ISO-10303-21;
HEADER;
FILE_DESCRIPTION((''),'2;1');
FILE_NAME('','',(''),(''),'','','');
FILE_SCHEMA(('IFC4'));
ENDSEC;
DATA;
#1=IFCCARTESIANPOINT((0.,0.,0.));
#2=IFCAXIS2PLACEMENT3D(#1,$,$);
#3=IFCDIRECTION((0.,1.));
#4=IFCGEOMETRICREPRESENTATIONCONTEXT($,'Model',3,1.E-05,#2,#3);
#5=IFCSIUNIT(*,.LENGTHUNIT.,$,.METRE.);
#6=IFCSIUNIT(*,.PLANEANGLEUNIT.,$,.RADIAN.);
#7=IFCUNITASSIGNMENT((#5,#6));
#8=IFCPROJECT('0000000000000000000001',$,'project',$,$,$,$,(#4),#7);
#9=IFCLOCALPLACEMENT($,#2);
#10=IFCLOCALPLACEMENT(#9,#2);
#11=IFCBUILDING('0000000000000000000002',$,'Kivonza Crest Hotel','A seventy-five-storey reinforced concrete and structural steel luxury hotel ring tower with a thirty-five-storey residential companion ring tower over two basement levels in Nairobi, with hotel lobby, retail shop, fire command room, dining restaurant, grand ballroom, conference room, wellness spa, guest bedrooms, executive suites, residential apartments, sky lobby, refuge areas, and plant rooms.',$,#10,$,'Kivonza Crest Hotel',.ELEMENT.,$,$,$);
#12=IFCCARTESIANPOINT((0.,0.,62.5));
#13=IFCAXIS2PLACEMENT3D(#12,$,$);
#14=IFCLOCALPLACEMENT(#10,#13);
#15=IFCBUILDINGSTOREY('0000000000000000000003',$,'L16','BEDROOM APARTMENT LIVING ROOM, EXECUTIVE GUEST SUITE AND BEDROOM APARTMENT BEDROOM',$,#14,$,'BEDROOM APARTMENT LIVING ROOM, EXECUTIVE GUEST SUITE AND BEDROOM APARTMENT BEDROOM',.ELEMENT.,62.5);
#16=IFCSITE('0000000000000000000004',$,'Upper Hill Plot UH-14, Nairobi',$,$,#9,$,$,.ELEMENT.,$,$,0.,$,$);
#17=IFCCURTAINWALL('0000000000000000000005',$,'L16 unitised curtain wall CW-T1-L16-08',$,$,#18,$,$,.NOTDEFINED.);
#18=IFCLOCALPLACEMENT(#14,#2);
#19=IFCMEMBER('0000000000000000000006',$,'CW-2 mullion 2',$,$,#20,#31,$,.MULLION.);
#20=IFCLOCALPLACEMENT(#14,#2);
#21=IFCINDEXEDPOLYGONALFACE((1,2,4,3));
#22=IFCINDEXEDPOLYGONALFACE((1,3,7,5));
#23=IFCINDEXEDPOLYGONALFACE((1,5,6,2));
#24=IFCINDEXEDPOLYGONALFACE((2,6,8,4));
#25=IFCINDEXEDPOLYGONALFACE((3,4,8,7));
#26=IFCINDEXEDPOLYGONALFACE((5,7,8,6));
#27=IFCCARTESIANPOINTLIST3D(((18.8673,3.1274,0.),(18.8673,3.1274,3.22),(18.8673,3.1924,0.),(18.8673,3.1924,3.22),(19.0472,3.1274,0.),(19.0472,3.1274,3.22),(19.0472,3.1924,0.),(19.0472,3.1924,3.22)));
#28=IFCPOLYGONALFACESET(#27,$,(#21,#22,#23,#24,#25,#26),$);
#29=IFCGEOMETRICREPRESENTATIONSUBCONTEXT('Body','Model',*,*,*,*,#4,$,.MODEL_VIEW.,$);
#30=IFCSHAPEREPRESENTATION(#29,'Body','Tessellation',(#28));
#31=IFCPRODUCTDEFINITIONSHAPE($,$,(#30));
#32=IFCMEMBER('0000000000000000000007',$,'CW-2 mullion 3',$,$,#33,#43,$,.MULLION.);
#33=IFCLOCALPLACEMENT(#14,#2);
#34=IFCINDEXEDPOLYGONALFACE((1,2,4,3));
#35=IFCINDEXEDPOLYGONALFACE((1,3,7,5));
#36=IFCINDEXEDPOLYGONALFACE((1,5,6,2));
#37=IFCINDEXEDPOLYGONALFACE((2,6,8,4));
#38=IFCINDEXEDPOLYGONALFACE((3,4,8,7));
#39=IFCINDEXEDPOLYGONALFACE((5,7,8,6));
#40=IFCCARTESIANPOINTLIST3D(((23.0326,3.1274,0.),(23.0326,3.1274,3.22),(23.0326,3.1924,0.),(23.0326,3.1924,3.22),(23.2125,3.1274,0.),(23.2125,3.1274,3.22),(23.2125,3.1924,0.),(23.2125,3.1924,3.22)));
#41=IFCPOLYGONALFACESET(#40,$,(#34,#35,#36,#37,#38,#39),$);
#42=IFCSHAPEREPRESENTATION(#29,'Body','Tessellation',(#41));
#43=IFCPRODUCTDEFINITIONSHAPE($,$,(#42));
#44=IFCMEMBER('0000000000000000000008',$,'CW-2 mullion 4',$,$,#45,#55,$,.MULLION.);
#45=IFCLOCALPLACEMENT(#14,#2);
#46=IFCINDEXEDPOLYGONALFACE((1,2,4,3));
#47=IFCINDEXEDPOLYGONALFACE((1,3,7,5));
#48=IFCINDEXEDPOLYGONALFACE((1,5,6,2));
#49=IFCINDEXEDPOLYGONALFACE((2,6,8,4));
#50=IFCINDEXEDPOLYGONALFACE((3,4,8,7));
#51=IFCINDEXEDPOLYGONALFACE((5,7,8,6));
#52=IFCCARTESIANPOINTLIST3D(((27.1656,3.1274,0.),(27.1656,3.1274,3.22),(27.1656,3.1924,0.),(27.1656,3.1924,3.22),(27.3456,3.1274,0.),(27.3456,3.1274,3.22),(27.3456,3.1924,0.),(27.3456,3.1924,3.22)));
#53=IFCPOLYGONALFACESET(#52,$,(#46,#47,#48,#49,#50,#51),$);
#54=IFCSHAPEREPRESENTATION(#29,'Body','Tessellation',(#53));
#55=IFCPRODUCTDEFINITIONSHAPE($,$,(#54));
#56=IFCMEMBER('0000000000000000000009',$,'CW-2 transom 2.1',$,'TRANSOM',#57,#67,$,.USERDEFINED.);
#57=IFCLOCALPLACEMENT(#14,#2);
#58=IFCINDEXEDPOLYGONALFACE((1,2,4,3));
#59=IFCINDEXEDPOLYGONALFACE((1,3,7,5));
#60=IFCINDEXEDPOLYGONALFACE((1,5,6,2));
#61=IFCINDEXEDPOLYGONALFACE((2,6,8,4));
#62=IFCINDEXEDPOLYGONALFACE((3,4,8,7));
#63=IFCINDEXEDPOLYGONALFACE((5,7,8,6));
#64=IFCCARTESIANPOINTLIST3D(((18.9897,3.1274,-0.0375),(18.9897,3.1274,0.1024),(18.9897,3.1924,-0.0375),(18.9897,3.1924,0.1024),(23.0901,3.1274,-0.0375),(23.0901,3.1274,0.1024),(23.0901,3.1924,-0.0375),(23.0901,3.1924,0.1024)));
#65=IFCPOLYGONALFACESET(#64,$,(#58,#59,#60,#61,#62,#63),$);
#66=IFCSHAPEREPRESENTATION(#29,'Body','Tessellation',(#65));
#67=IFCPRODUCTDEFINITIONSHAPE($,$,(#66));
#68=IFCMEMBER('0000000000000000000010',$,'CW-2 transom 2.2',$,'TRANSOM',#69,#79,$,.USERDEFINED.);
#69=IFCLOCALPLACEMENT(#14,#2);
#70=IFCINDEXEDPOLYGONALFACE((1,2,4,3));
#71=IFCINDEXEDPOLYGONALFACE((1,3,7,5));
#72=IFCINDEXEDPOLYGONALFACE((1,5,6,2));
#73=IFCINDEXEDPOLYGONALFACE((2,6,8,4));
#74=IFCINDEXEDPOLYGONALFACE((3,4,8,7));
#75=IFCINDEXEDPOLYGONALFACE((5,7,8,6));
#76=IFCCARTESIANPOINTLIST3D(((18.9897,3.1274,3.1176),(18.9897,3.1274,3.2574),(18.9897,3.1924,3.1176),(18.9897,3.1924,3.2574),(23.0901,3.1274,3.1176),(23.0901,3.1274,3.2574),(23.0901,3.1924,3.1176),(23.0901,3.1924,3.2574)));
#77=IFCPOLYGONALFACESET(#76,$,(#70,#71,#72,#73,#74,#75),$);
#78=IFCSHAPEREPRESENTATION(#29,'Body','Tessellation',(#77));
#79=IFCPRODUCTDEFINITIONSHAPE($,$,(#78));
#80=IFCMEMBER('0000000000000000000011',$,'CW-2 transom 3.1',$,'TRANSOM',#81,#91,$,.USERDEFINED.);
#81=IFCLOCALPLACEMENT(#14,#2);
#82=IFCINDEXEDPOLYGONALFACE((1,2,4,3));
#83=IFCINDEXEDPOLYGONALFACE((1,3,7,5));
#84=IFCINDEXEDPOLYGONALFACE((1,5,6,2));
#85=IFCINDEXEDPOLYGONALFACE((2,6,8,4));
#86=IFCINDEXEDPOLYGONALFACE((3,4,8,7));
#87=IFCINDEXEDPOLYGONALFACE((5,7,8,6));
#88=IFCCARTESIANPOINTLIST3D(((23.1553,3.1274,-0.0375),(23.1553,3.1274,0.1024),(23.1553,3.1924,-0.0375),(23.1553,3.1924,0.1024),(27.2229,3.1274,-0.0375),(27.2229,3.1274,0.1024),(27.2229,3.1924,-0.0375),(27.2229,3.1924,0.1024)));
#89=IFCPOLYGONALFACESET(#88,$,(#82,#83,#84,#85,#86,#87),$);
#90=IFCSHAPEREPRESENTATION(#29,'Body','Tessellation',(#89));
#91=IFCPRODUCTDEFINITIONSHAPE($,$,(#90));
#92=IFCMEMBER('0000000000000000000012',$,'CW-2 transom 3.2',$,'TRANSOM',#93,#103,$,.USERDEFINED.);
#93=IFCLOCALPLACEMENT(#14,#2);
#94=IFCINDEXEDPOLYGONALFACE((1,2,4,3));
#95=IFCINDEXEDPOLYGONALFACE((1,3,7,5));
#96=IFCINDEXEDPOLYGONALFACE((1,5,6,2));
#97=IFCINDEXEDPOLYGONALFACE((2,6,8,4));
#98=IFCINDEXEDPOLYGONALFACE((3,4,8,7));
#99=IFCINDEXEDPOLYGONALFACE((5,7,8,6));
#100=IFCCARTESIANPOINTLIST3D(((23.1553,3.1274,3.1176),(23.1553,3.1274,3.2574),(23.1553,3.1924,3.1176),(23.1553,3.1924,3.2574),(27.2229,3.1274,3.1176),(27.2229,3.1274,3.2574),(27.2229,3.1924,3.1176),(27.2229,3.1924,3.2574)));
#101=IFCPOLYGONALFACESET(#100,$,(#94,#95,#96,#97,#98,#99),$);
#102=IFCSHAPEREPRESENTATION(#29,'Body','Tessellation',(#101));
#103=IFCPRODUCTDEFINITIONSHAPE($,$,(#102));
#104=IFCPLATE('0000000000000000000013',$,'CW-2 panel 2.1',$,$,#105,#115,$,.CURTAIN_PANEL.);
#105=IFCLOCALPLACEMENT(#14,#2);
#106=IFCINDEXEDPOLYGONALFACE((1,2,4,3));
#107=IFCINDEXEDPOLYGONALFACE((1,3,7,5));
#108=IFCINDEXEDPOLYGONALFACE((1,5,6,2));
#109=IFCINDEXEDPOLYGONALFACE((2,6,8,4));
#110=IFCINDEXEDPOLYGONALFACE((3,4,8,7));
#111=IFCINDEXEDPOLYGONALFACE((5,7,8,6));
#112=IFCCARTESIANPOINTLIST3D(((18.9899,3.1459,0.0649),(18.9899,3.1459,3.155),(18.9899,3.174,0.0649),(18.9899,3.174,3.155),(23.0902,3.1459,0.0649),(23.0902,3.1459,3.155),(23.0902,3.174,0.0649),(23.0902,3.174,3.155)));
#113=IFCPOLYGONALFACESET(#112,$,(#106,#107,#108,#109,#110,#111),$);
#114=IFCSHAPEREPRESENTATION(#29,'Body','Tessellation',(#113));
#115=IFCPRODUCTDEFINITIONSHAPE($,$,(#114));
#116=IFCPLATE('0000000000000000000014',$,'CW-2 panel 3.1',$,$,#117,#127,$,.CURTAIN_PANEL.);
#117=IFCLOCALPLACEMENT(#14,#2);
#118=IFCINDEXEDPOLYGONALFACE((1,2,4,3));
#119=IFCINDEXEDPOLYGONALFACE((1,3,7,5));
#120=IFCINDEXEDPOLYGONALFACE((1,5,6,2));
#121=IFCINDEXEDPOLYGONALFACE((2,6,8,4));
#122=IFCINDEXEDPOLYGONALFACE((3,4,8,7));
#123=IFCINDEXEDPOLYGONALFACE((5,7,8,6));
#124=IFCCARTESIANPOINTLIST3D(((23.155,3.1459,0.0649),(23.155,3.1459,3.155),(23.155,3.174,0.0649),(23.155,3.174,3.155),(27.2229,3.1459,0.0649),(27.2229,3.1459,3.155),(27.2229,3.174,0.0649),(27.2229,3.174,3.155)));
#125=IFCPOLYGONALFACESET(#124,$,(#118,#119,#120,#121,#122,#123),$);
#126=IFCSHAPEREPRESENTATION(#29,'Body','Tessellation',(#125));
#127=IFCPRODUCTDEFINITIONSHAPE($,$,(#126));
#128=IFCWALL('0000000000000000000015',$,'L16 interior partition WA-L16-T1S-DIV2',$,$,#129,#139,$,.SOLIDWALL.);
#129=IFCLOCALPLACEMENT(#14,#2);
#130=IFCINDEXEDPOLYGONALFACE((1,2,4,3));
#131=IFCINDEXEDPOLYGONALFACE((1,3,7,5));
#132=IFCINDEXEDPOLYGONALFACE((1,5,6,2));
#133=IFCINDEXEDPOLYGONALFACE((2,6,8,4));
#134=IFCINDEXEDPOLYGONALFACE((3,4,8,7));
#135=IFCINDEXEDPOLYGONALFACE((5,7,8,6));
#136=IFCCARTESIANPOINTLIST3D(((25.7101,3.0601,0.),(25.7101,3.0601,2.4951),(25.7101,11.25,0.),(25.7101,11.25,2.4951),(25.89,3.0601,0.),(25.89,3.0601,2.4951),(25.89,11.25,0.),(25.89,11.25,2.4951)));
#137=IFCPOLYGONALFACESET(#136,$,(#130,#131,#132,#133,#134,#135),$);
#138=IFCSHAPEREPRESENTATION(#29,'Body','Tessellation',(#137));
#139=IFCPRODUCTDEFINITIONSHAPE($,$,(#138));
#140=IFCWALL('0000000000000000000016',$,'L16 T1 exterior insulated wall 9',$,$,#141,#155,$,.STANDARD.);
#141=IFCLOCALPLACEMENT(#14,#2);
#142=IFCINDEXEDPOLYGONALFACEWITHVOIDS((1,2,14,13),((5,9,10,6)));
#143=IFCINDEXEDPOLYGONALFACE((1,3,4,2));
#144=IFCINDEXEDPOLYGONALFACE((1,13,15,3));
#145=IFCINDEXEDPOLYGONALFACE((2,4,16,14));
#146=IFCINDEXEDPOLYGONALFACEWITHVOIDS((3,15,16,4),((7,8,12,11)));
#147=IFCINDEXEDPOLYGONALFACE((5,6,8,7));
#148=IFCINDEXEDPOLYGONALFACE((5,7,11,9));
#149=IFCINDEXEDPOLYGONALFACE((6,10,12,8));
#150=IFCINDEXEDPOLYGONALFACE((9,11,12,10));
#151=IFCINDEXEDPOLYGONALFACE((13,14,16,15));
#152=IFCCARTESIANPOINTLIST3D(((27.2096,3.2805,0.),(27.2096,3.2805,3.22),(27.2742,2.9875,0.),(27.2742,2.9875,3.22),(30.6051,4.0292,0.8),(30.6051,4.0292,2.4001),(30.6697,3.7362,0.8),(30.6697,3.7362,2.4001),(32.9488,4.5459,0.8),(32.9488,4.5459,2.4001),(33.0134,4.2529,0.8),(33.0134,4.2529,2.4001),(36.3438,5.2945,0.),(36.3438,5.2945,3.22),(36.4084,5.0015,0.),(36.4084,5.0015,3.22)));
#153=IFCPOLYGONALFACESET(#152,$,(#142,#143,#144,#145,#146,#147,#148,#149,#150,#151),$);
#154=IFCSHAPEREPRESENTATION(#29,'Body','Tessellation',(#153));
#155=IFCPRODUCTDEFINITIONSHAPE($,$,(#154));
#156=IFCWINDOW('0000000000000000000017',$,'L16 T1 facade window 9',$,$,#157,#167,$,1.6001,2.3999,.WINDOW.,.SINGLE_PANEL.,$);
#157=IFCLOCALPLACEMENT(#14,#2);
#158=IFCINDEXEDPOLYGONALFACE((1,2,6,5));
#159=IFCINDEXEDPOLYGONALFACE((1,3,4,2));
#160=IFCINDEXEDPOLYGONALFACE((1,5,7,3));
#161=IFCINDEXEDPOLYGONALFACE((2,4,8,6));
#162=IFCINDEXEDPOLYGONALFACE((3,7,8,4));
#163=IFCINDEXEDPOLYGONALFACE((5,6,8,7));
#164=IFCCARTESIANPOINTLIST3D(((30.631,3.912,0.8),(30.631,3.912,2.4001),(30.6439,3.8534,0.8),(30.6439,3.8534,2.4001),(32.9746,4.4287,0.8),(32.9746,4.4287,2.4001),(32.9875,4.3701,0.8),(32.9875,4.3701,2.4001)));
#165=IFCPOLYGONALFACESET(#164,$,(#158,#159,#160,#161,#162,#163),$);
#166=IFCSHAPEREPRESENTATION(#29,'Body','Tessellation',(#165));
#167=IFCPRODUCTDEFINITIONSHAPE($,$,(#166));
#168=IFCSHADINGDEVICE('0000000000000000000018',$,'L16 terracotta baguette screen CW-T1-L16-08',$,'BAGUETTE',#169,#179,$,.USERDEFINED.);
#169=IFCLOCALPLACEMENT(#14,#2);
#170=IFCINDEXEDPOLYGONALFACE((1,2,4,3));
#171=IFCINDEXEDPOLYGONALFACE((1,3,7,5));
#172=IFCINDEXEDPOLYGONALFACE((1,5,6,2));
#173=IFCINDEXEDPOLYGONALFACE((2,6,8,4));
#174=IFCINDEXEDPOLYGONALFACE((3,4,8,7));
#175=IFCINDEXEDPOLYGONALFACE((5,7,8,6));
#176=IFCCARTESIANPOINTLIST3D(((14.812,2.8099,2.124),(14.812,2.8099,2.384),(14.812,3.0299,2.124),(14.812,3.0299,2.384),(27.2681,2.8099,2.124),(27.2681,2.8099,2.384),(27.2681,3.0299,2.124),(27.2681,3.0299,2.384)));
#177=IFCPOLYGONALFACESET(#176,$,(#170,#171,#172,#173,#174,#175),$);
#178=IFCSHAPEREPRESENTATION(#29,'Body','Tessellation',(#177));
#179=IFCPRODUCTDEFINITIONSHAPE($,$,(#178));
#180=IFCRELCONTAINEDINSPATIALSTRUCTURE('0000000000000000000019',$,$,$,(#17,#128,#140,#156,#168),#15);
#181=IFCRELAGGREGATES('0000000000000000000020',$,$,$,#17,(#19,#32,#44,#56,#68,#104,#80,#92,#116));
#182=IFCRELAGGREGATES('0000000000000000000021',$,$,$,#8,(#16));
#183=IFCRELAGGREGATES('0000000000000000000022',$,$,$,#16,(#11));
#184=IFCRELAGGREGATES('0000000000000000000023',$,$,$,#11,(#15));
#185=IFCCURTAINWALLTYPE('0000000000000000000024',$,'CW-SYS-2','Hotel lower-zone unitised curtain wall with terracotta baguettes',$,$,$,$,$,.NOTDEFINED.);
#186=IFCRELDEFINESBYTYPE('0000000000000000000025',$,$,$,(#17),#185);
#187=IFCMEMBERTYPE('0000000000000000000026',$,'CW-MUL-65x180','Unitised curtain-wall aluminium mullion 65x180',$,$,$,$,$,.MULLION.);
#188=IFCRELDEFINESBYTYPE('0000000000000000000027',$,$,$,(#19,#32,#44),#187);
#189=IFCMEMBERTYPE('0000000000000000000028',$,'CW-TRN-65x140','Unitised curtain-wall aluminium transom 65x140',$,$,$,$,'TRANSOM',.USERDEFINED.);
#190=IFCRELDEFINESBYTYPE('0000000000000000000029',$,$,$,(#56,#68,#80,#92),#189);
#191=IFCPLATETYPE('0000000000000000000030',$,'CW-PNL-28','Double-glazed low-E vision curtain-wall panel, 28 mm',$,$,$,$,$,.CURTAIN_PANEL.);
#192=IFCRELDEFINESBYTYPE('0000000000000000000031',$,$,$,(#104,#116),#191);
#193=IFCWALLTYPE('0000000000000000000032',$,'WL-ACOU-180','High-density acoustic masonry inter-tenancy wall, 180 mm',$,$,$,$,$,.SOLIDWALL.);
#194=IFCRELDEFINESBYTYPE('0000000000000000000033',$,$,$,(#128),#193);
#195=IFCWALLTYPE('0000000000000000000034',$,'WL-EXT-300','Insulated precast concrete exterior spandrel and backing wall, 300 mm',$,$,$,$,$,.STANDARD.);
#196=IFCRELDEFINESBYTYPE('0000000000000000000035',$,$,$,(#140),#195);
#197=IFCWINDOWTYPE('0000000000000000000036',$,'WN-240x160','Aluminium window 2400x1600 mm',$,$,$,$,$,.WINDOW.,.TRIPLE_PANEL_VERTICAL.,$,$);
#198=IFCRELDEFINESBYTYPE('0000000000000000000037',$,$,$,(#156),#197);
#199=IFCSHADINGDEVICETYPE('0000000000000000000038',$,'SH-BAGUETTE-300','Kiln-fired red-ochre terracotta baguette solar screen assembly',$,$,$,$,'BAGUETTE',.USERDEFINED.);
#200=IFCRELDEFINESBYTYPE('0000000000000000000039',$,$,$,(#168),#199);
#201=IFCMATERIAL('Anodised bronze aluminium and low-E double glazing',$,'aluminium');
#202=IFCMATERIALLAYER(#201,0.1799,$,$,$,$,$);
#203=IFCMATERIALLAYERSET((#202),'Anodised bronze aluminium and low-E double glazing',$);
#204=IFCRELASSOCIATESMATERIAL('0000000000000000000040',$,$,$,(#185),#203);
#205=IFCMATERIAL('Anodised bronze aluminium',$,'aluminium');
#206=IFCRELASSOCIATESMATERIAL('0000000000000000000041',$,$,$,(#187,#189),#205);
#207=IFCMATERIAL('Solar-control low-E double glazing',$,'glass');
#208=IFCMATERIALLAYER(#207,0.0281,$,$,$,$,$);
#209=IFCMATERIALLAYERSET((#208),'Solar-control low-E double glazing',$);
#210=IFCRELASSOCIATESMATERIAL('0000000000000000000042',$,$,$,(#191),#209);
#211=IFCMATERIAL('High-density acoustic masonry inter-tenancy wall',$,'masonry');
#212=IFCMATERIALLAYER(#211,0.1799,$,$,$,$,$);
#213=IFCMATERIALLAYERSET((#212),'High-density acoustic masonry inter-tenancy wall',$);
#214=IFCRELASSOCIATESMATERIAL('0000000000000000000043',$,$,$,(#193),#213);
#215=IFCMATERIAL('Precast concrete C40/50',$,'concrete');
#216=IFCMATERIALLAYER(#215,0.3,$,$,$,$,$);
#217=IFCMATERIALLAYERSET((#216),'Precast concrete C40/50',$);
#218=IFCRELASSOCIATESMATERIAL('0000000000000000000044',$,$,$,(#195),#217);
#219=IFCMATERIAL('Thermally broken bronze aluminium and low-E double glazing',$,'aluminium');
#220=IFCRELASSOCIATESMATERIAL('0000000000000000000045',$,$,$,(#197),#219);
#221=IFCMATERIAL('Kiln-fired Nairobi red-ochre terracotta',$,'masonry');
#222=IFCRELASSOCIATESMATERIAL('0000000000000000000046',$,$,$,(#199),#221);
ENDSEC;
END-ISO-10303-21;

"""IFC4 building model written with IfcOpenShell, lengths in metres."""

from ifc_helpers import new_model, si_unit, direction, frame, frame_2d, origin, origin_2d, place, context, subcontext, project, spatial, rectangle, extrude, material, layer, layer_set, material_profile, profile_set, type_object, element, fill, aggregate, save


model = new_model("IFC4")

# Units and contexts
model_context = context("Model", 3, precision=1e-05, world=origin(), true_north=direction((0.0, 1.0)))
body_context = subcontext(model_context, "Body", "Model", "MODEL_VIEW")
ifc_project = project(units=[si_unit("LENGTHUNIT", "METRE"), si_unit("PLANEANGLEUNIT", "RADIAN")], contexts=[model_context])

# Site, building, storey
site_placement = place(None, origin())
site = spatial("IfcSite", under=ifc_project, at=site_placement, Name="Upper Hill Plot UH-14, Nairobi", CompositionType="ELEMENT", RefElevation=0.0)
building_placement = place(site_placement, origin())
building = spatial("IfcBuilding", under=site, at=building_placement, Name="Kivonza Crest Hotel", Description="A seventy-five-storey reinforced concrete and structural steel luxury hotel ring tower with a thirty-five-storey residential companion ring tower over two basement levels in Nairobi, with hotel lobby, retail shop, fire command room, dining restaurant, grand ballroom, conference room, wellness spa, guest bedrooms, executive suites, residential apartments, sky lobby, refuge areas, and plant rooms.", LongName="Kivonza Crest Hotel", CompositionType="ELEMENT")
storey_placement = place(building_placement, frame((0.0, 0.0, 62.5)))
storey = spatial("IfcBuildingStorey", under=building, at=storey_placement, Name="L16", Description="BEDROOM APARTMENT LIVING ROOM, EXECUTIVE GUEST SUITE AND BEDROOM APARTMENT BEDROOM", LongName="BEDROOM APARTMENT LIVING ROOM, EXECUTIVE GUEST SUITE AND BEDROOM APARTMENT BEDROOM", CompositionType="ELEMENT", Elevation=62.5)

# Curtain wall, members, plates
ifc_material_1 = material(Name="Anodised bronze aluminium and low-E double glazing", Category="aluminium")
ifc_layer_1 = layer(ifc_material_1, 0.1799)
ifc_layer_set_1 = layer_set([ifc_layer_1], Name="Anodised bronze aluminium and low-E double glazing")
curtain_wall_type = type_object("IfcCurtainWallType", Name="CW-SYS-2", Description="Hotel lower-zone unitised curtain wall with terracotta baguettes", PredefinedType="NOTDEFINED", material=ifc_layer_set_1)
curtain_wall_placement = place(storey_placement, origin())
curtain_wall = element("IfcCurtainWall", 1, at=curtain_wall_placement, inside=storey, type_object=curtain_wall_type, Name="L16 unitised curtain wall CW-T1-L16-08", PredefinedType="NOTDEFINED")
ifc_material_2 = material(Name="Anodised bronze aluminium", Category="aluminium")
ifc_material_profile_1 = material_profile(ifc_material_2, rectangle(XDim=0.0649, YDim=0.1799, at=origin_2d()), Name="CW-M 65x180")
ifc_profile_set_1 = profile_set([ifc_material_profile_1], Name="Anodised bronze aluminium")
member_type_1 = type_object("IfcMemberType", Name="CW-MUL-65x180", Description="Unitised curtain-wall aluminium mullion 65x180", PredefinedType="MULLION", material=ifc_profile_set_1)
member_1_placement = place(storey_placement, frame((18.9573, 3.1599, 0.0), z_axis=(0.0, 0.0, 1.0), x_axis=(0.0, 1.0, 0.0)))
member_1 = element("IfcMember", 2, at=member_1_placement, type_object=member_type_1, Name="CW-2 mullion 2", PredefinedType="MULLION", context=body_context, shape_type="SweptSolid", body=[
    extrude(rectangle(XDim=0.0649, YDim=0.1799, at=origin_2d()), origin(), (0.0, 0.0, 1.0), 3.22),
])
member_2_placement = place(storey_placement, frame((23.1226, 3.1599, 0.0), z_axis=(0.0, 0.0, 1.0), x_axis=(0.0, 1.0, 0.0)))
member_2 = element("IfcMember", 3, at=member_2_placement, type_object=member_type_1, Name="CW-2 mullion 3", PredefinedType="MULLION", context=body_context, shape_type="SweptSolid", body=[
    extrude(rectangle(XDim=0.0649, YDim=0.1799, at=origin_2d()), origin(), (0.0, 0.0, 1.0), 3.22),
])
member_3_placement = place(storey_placement, frame((27.2556, 3.1599, 0.0), z_axis=(0.0, 0.0, 1.0), x_axis=(0.0, 1.0, 0.0)))
member_3 = element("IfcMember", 4, at=member_3_placement, type_object=member_type_1, Name="CW-2 mullion 4", PredefinedType="MULLION", context=body_context, shape_type="SweptSolid", body=[
    extrude(rectangle(XDim=0.0649, YDim=0.1799, at=origin_2d()), origin(), (0.0, 0.0, 1.0), 3.22),
])
ifc_material_profile_2 = material_profile(ifc_material_2, rectangle(XDim=0.0649, YDim=0.1399, at=origin_2d()), Name="CW-T 65x140")
ifc_profile_set_2 = profile_set([ifc_material_profile_2], Name="Anodised bronze aluminium")
member_type_2 = type_object("IfcMemberType", Name="CW-TRN-65x140", Description="Unitised curtain-wall aluminium transom 65x140", ElementType="TRANSOM", PredefinedType="USERDEFINED", material=ifc_profile_set_2)
member_4_placement = place(storey_placement, frame((18.9897, 3.1599, 0.0325), z_axis=(1.0, 0.0, 0.0), x_axis=(0.0, 1.0, 0.0)))
member_4 = element("IfcMember", 5, at=member_4_placement, type_object=member_type_2, Name="CW-2 transom 2.1", ObjectType="TRANSOM", PredefinedType="USERDEFINED", context=body_context, shape_type="SweptSolid", body=[
    extrude(rectangle(XDim=0.0649, YDim=0.1399, at=origin_2d()), origin(), (0.0, 0.0, 1.0), 4.1003),
])
member_5_placement = place(storey_placement, frame((18.9897, 3.1599, 3.1875), z_axis=(1.0, 0.0, 0.0), x_axis=(0.0, 1.0, 0.0)))
member_5 = element("IfcMember", 6, at=member_5_placement, type_object=member_type_2, Name="CW-2 transom 2.2", ObjectType="TRANSOM", PredefinedType="USERDEFINED", context=body_context, shape_type="SweptSolid", body=[
    extrude(rectangle(XDim=0.0649, YDim=0.1399, at=origin_2d()), origin(), (0.0, 0.0, 1.0), 4.1003),
])
member_6_placement = place(storey_placement, frame((23.1553, 3.1599, 0.0325), z_axis=(1.0, 0.0, 0.0), x_axis=(0.0, 1.0, 0.0)))
member_6 = element("IfcMember", 7, at=member_6_placement, type_object=member_type_2, Name="CW-2 transom 3.1", ObjectType="TRANSOM", PredefinedType="USERDEFINED", context=body_context, shape_type="SweptSolid", body=[
    extrude(rectangle(XDim=0.0649, YDim=0.1399, at=origin_2d()), origin(), (0.0, 0.0, 1.0), 4.0676),
])
member_7_placement = place(storey_placement, frame((23.1553, 3.1599, 3.1875), z_axis=(1.0, 0.0, 0.0), x_axis=(0.0, 1.0, 0.0)))
member_7 = element("IfcMember", 8, at=member_7_placement, type_object=member_type_2, Name="CW-2 transom 3.2", ObjectType="TRANSOM", PredefinedType="USERDEFINED", context=body_context, shape_type="SweptSolid", body=[
    extrude(rectangle(XDim=0.0649, YDim=0.1399, at=origin_2d()), origin(), (0.0, 0.0, 1.0), 4.0676),
])
ifc_material_3 = material(Name="Solar-control low-E double glazing", Category="glass")
ifc_layer_2 = layer(ifc_material_3, 0.0281)
ifc_layer_set_2 = layer_set([ifc_layer_2], Name="Solar-control low-E double glazing")
plate_type = type_object("IfcPlateType", Name="CW-PNL-28", Description="Double-glazed low-E vision curtain-wall panel, 28 mm", PredefinedType="CURTAIN_PANEL", material=ifc_layer_set_2)
plate_1_placement = place(storey_placement, frame((21.04, 3.1599, 0.0649), z_axis=(0.0, 0.0, 1.0), x_axis=(1.0, 0.0, 0.0)))
plate_1 = element("IfcPlate", 9, at=plate_1_placement, type_object=plate_type, Name="CW-2 panel 2.1", PredefinedType="CURTAIN_PANEL", context=body_context, shape_type="SweptSolid", body=[
    extrude(rectangle(XDim=4.1003, YDim=0.0281, at=origin_2d()), origin(), (0.0, 0.0, 1.0), 3.0901),
])
plate_2_placement = place(storey_placement, frame((25.189, 3.1599, 0.0649), z_axis=(0.0, 0.0, 1.0), x_axis=(1.0, 0.0, 0.0)))
plate_2 = element("IfcPlate", 10, at=plate_2_placement, type_object=plate_type, Name="CW-2 panel 3.1", PredefinedType="CURTAIN_PANEL", context=body_context, shape_type="SweptSolid", body=[
    extrude(rectangle(XDim=4.0679, YDim=0.0281, at=origin_2d()), origin(), (0.0, 0.0, 1.0), 3.0901),
])
aggregate(curtain_wall, [member_1, member_2, member_3, member_4, member_5, plate_1, member_6, member_7, plate_2])

# Wall
ifc_material_4 = material(Name="High-density acoustic masonry inter-tenancy wall", Category="masonry")
ifc_layer_3 = layer(ifc_material_4, 0.1799)
ifc_layer_set_3 = layer_set([ifc_layer_3], Name="High-density acoustic masonry inter-tenancy wall")
wall_type_1 = type_object("IfcWallType", Name="WL-ACOU-180", Description="High-density acoustic masonry inter-tenancy wall, 180 mm", PredefinedType="SOLIDWALL", material=ifc_layer_set_3)
wall_1_placement = place(storey_placement, frame((25.8, 3.0601, 0.0), z_axis=(0.0, 0.0, 1.0), x_axis=(0.0, 1.0, 0.0)))
element("IfcWall", 11, at=wall_1_placement, inside=storey, type_object=wall_type_1, Name="L16 interior partition WA-L16-T1S-DIV2", PredefinedType="SOLIDWALL", context=body_context, shape_type="SweptSolid", body=[
    extrude(rectangle(XDim=8.1899, YDim=0.1799, at=frame_2d((4.095, 0.0))), origin(), (0.0, 0.0, 1.0), 2.4951),
])

# Wall, opening, window
ifc_material_5 = material(Name="Precast concrete C40/50", Category="concrete")
ifc_layer_4 = layer(ifc_material_5, 0.3)
ifc_layer_set_4 = layer_set([ifc_layer_4], Name="Precast concrete C40/50")
wall_type_2 = type_object("IfcWallType", Name="WL-EXT-300", Description="Insulated precast concrete exterior spandrel and backing wall, 300 mm", PredefinedType="STANDARD", material=ifc_layer_set_4)
wall_2_placement = place(storey_placement, frame((27.2419, 3.134, 0.0), z_axis=(0.0, 0.0, 1.0), x_axis=(0.976545, 0.215313, 0.0)))
wall_2 = element("IfcWall", 12, at=wall_2_placement, inside=storey, type_object=wall_type_2, Name="L16 T1 exterior insulated wall 9", PredefinedType="STANDARD", context=body_context, shape_type="SweptSolid", body=[
    extrude(rectangle(XDim=9.3535, YDim=0.3, at=frame_2d((4.6768, 0.0))), origin(), (0.0, 0.0, 1.0), 3.22),
])
opening_placement = place(wall_2_placement, frame((3.4771, 0.0, 0.8)))
opening = element("IfcOpeningElement", 13, at=opening_placement, cuts=wall_2, PredefinedType="OPENING", context=body_context, shape_type="SweptSolid", body=[
    extrude(rectangle(XDim=2.3999, YDim=1.6001, at=frame_2d((1.2, 0.8))), frame((0.0, 0.1602, 0.0), z_axis=(0.0, -1.0, 0.0), x_axis=(1.0, 0.0, 0.0)), (0.0, 0.0, 1.0), 0.3201),
])
ifc_material_6 = material(Name="Thermally broken bronze aluminium and low-E double glazing", Category="aluminium")
window_type = type_object("IfcWindowType", Name="WN-240x160", Description="Aluminium window 2400x1600 mm", PartitioningType="TRIPLE_PANEL_VERTICAL", PredefinedType="WINDOW", material=ifc_material_6)
window_placement = place(opening_placement, origin())
window = element("IfcWindow", 14, at=window_placement, inside=storey, type_object=window_type, Name="L16 T1 facade window 9", OverallHeight=1.6001, OverallWidth=2.3999, PartitioningType="SINGLE_PANEL", PredefinedType="WINDOW", context=body_context, shape_type="SweptSolid", body=[
    extrude(rectangle(XDim=2.3999, YDim=1.6001, at=frame_2d((1.2, 0.8))), frame((0.0, 0.03, 0.0), z_axis=(0.0, -1.0, 0.0), x_axis=(1.0, 0.0, 0.0)), (0.0, 0.0, 1.0), 0.0601),
])
fill(opening, window)

# Shading device
ifc_material_7 = material(Name="Kiln-fired Nairobi red-ochre terracotta", Category="masonry")
shading_device_type_1 = type_object("IfcShadingDeviceType", Name="SH-BAGUETTE-300", Description="Kiln-fired red-ochre terracotta baguette solar screen assembly", ElementType="BAGUETTE", PredefinedType="USERDEFINED", material=ifc_material_7)
shading_device_placement = place(storey_placement, frame((21.04, 2.9199, 2.124), z_axis=(0.0, 0.0, 1.0), x_axis=(1.0, 0.0, 0.0)))
element("IfcShadingDevice", 15, at=shading_device_placement, inside=storey, type_object=shading_device_type_1, Name="L16 terracotta baguette screen CW-T1-L16-08", ObjectType="BAGUETTE", PredefinedType="USERDEFINED", context=body_context, shape_type="SweptSolid", body=[
    extrude(rectangle(XDim=12.4561, YDim=0.22, at=origin_2d()), origin(), (0.0, 0.0, 1.0), 0.26),
])

save(model, "model.ifc")
